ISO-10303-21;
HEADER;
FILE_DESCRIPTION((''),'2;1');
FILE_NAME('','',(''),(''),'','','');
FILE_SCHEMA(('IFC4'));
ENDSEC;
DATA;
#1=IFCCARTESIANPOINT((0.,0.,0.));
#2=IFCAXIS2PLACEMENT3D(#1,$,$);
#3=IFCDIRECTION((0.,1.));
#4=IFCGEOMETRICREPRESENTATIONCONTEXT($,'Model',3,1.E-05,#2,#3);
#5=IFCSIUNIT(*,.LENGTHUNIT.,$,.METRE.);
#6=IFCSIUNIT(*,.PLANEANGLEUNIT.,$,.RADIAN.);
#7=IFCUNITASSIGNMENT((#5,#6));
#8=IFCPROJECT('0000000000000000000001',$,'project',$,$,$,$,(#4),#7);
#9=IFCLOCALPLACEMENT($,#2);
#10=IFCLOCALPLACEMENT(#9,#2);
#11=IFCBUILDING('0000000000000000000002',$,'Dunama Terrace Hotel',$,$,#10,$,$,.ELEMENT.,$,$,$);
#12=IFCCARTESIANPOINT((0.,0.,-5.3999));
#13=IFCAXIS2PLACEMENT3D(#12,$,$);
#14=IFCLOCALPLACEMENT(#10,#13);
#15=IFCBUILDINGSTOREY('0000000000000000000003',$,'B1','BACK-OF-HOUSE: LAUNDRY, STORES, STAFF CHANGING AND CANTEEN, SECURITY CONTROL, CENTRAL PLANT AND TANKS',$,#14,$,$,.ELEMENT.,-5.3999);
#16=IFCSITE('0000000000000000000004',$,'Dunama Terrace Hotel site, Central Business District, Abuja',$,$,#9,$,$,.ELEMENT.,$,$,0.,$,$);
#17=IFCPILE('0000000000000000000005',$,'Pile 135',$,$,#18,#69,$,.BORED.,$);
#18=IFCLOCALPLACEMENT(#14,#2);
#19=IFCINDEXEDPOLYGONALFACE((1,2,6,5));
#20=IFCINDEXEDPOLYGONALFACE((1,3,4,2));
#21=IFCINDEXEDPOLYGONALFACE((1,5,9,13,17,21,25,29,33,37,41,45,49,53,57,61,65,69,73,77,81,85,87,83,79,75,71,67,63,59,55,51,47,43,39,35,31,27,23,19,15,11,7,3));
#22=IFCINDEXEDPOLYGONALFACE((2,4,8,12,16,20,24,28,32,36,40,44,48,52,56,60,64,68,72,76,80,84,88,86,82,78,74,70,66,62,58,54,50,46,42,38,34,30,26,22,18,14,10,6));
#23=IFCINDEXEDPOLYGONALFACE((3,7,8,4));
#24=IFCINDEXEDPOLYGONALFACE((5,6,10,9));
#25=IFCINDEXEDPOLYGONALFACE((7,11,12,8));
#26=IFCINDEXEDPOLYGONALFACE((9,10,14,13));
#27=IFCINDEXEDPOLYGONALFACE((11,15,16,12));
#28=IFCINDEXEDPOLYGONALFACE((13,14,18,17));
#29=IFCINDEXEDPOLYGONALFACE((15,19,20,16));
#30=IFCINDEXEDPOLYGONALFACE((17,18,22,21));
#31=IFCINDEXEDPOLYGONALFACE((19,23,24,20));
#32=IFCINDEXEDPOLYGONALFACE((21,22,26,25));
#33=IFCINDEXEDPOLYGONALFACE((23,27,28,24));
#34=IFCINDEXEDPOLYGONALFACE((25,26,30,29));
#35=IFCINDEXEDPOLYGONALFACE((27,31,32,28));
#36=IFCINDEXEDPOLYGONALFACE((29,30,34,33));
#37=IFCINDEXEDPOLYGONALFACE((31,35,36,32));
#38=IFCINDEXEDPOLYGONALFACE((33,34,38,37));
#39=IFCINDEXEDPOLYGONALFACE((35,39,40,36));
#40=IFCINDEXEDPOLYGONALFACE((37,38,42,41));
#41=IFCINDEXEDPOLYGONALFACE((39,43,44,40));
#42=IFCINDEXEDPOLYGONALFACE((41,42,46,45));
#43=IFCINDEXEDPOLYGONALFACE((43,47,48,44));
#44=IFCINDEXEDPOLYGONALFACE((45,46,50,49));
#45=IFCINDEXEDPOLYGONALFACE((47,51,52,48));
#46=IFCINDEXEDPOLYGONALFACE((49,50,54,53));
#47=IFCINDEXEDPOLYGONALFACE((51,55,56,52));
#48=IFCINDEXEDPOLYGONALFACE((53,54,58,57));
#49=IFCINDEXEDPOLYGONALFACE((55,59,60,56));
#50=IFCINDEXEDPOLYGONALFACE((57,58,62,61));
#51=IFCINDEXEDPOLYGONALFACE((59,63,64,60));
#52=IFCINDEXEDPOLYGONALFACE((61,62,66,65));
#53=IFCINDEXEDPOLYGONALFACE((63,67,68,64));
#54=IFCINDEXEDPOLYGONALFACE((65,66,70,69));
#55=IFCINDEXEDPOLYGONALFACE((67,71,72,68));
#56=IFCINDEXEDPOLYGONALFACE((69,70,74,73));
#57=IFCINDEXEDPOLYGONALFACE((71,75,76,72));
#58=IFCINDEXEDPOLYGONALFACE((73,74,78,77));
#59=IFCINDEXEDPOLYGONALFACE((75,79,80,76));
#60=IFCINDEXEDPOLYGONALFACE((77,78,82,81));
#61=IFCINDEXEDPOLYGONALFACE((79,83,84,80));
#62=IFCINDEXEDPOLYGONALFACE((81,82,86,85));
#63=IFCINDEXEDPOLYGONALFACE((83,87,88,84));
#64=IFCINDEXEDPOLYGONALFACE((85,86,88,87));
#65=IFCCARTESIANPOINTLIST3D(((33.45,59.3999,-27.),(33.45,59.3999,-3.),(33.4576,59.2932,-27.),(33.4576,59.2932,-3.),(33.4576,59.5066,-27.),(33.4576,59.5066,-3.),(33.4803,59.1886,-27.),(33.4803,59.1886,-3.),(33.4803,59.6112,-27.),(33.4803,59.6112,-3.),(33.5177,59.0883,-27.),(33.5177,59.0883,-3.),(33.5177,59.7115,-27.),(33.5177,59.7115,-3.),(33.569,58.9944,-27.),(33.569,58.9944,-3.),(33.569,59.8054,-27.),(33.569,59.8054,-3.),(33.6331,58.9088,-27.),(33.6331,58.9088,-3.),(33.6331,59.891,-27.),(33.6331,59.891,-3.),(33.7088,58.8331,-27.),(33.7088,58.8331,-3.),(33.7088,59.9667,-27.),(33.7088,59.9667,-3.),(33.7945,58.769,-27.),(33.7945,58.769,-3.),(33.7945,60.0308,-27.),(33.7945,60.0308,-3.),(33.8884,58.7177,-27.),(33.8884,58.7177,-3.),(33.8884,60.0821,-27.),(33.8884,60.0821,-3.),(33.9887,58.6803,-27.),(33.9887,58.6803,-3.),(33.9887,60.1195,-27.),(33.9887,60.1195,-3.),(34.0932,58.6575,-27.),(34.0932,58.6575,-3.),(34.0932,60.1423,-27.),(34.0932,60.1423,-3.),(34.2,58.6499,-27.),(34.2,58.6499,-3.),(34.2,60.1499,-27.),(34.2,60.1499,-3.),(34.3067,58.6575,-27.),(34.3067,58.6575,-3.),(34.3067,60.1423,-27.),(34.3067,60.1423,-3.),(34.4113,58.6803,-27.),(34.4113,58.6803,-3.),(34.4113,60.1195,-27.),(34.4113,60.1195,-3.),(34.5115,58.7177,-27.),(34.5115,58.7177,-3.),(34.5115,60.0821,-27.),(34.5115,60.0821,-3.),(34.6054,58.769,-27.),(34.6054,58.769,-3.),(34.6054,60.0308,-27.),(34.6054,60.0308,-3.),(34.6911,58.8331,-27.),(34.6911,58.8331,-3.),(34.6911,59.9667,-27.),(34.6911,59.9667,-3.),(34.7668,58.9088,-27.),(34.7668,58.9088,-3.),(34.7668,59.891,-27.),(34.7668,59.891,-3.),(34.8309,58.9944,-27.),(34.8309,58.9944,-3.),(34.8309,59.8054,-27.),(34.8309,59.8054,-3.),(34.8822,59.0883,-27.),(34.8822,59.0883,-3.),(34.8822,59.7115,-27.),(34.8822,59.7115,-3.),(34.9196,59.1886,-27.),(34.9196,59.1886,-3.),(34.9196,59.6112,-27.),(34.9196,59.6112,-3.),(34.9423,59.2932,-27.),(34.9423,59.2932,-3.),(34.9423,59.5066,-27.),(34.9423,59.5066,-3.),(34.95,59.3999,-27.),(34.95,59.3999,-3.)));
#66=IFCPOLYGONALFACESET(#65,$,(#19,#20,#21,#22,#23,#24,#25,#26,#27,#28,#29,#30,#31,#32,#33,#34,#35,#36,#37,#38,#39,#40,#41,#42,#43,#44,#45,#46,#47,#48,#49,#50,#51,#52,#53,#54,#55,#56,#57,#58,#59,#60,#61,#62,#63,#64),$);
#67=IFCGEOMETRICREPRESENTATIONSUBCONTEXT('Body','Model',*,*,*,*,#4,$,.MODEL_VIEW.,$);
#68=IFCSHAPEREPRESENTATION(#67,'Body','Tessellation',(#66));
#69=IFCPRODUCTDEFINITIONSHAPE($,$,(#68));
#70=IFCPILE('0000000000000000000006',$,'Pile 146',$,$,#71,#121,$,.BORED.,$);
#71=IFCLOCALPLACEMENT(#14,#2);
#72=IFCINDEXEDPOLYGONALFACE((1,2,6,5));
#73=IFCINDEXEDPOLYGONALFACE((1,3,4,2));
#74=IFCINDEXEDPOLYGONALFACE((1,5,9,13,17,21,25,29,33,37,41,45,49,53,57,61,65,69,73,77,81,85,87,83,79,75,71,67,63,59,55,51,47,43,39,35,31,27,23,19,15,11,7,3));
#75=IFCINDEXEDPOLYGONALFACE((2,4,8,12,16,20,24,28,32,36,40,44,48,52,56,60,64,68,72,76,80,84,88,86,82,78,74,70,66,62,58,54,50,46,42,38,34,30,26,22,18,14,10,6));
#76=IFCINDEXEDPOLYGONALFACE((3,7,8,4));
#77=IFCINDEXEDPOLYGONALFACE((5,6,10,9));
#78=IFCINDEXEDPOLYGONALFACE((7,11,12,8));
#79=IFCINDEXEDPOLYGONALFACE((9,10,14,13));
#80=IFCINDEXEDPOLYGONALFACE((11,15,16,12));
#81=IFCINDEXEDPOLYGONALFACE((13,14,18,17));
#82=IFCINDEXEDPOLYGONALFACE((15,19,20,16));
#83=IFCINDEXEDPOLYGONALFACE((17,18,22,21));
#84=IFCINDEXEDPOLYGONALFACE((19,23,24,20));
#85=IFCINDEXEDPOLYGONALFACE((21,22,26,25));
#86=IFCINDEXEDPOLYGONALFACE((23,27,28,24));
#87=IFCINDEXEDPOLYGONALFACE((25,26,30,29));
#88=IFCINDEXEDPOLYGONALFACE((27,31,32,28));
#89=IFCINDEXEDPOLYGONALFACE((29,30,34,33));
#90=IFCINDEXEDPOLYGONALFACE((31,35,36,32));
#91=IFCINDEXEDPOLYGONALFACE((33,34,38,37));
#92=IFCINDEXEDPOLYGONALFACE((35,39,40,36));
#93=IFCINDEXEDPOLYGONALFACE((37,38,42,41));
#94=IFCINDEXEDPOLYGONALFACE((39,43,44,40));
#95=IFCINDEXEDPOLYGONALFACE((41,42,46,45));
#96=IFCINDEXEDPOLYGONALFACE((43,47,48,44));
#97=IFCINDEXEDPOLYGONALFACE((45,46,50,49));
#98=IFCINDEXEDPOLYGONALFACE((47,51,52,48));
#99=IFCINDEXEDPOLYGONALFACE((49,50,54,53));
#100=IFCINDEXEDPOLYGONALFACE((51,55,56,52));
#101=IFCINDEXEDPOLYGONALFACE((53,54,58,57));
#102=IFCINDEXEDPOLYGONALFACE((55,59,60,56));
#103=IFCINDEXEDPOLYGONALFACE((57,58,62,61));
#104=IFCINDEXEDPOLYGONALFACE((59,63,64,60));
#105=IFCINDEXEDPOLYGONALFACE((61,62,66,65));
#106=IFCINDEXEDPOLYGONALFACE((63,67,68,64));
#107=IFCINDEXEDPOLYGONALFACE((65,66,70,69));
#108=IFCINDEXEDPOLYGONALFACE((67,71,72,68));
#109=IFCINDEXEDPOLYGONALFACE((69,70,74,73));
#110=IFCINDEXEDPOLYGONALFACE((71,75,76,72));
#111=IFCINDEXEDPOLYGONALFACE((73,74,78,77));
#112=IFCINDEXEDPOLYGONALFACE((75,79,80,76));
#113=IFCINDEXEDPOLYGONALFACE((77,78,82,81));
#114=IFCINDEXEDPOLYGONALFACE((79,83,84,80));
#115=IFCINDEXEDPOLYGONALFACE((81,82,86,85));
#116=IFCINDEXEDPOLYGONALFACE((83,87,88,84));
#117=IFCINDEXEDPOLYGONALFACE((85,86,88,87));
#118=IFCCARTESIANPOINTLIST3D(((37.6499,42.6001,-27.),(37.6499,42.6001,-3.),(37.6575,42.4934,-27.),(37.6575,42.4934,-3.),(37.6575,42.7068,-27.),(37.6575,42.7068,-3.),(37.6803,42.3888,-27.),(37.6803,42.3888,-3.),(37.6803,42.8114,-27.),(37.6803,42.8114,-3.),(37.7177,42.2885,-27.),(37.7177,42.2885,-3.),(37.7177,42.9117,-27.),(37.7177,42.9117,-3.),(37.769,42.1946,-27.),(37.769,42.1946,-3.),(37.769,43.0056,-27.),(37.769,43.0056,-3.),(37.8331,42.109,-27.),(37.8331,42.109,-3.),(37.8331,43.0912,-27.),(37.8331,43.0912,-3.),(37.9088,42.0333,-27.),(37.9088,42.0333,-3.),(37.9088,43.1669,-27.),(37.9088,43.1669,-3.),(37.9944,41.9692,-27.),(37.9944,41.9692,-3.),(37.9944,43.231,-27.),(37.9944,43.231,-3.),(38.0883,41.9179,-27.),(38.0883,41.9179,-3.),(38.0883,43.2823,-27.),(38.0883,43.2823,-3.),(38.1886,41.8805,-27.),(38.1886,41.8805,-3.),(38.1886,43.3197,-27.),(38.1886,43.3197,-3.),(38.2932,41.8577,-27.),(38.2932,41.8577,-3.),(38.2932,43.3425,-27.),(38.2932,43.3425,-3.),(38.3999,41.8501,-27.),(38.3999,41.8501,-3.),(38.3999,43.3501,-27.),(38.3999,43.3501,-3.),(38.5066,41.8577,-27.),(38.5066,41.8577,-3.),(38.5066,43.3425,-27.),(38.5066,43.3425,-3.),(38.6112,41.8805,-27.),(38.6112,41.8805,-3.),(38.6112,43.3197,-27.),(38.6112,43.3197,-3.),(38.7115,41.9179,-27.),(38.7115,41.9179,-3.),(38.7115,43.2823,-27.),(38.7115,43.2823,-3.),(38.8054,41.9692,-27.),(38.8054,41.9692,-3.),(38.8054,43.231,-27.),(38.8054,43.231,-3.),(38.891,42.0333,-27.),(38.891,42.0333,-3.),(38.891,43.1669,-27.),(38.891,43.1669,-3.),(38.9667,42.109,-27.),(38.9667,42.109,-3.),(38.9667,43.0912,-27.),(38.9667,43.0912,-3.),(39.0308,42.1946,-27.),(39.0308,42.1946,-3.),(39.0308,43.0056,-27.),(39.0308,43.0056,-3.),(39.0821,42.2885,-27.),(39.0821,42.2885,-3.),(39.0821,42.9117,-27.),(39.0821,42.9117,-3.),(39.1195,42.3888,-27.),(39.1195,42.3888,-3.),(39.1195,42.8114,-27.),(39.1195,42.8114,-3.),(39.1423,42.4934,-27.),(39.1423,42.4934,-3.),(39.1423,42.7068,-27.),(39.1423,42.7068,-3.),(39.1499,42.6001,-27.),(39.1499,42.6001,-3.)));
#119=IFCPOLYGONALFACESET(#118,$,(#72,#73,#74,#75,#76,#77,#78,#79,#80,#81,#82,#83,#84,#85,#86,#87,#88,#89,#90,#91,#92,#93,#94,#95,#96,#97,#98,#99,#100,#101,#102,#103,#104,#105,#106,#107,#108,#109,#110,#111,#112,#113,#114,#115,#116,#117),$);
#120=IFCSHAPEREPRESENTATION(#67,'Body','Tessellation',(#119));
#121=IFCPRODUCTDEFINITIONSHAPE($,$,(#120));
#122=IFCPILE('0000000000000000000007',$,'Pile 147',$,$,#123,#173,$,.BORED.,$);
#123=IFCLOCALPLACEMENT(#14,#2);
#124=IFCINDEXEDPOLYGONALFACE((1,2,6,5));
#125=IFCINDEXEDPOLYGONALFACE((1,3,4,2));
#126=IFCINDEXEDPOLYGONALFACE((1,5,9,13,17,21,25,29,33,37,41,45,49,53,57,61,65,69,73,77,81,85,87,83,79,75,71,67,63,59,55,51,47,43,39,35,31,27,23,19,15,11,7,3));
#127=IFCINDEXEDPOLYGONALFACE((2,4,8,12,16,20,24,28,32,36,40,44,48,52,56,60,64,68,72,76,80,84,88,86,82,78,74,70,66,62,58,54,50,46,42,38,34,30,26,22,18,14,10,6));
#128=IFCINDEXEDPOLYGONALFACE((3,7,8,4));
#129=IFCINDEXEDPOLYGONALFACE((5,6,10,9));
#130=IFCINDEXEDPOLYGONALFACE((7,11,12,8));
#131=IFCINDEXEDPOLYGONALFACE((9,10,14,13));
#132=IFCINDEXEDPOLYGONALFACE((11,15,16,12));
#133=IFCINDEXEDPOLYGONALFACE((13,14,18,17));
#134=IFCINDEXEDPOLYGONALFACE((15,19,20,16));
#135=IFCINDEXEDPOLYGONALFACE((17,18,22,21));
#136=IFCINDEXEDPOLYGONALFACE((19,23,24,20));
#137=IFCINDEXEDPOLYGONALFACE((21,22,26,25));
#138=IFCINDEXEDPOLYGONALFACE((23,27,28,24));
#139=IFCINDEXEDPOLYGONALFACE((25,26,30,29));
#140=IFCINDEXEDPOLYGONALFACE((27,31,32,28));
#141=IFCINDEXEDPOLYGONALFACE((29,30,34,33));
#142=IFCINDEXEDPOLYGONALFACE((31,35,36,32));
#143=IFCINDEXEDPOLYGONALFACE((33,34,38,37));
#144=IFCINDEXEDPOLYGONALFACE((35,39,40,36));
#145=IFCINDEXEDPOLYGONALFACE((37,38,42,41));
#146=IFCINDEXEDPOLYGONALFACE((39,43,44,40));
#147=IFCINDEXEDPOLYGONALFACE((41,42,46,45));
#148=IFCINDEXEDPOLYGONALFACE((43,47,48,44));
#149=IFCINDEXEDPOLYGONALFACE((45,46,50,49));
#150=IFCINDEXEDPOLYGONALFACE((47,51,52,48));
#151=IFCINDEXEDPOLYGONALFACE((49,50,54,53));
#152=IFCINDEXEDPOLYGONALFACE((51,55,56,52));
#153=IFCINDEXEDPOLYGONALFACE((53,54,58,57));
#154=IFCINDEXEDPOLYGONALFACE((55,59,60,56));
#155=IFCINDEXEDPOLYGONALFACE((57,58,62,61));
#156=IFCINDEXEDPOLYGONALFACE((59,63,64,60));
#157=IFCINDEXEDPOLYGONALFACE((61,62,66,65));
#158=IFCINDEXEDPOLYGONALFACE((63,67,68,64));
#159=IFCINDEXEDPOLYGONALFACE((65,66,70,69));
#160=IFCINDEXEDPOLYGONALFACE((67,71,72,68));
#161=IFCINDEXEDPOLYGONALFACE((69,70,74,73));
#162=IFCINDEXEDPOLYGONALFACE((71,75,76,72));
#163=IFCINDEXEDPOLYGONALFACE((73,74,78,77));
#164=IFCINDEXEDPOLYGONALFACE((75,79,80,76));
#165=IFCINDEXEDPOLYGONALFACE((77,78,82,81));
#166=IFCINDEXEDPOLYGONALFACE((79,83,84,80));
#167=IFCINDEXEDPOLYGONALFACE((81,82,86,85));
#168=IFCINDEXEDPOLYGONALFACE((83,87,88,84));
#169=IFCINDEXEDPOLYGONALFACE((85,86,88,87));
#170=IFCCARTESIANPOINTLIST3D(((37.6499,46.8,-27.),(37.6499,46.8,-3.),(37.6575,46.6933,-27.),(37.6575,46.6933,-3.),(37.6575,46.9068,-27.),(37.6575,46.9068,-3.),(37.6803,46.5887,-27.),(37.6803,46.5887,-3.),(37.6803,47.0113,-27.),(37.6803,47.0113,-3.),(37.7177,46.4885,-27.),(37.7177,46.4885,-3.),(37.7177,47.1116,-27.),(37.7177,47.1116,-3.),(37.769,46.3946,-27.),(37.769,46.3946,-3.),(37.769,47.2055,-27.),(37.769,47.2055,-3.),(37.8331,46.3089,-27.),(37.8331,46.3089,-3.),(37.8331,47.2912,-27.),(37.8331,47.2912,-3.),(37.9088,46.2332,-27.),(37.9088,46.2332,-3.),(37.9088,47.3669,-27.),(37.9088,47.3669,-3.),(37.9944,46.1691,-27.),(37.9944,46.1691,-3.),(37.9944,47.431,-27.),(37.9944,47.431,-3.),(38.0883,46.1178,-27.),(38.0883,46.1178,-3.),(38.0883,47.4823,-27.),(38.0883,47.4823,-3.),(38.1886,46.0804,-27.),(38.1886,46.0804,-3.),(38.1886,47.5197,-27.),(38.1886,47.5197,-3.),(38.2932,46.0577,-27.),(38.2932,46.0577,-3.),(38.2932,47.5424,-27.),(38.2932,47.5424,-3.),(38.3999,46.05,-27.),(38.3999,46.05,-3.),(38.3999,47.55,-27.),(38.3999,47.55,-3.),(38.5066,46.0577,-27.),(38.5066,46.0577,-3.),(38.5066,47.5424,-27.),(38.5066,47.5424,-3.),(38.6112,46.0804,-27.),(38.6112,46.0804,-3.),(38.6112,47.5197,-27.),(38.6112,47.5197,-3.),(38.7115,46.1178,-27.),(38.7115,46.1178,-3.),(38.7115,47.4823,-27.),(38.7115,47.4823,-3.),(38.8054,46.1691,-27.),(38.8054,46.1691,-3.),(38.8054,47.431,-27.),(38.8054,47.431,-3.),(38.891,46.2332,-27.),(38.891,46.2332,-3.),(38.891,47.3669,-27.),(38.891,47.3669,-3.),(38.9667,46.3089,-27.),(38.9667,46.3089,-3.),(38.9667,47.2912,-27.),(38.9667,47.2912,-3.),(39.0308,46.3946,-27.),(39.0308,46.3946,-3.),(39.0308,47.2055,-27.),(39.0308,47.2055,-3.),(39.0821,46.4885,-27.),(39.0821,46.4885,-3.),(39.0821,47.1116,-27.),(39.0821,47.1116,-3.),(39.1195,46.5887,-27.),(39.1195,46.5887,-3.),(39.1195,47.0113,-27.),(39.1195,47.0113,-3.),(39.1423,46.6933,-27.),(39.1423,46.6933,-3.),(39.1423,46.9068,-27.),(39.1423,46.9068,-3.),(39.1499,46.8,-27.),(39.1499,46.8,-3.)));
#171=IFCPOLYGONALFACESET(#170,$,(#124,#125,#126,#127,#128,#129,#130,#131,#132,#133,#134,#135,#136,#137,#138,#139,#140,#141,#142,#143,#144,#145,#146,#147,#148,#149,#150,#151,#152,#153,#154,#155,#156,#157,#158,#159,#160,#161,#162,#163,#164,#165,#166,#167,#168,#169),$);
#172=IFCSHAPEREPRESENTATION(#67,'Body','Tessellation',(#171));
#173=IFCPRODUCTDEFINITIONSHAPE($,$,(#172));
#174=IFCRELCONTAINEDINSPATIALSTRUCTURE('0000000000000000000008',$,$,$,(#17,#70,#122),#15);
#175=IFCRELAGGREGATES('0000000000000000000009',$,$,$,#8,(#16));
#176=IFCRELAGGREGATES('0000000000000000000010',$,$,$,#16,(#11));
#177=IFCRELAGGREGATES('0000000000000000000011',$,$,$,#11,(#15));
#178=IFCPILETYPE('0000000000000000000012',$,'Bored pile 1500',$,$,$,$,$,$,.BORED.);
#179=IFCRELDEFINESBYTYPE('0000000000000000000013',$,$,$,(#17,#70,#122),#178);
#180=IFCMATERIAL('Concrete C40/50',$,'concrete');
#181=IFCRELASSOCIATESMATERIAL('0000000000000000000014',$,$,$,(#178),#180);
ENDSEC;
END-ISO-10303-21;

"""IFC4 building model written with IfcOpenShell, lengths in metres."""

from ifc_helpers import new_model, si_unit, direction, frame, origin, origin_2d, place, context, subcontext, project, spatial, circle, extrude, material, material_profile, profile_set, type_object, element, save


model = new_model("IFC4")

# Units and contexts
model_context = context("Model", 3, precision=1e-05, world=origin(), true_north=direction((0.0, 1.0)))
body_context = subcontext(model_context, "Body", "Model", "MODEL_VIEW")
ifc_project = project(units=[si_unit("LENGTHUNIT", "METRE"), si_unit("PLANEANGLEUNIT", "RADIAN")], contexts=[model_context])

# Site, building, storey
site_placement = place(None, origin())
site = spatial("IfcSite", under=ifc_project, at=site_placement, Name="Dunama Terrace Hotel site, Central Business District, Abuja", CompositionType="ELEMENT", RefElevation=0.0)
building_placement = place(site_placement, origin())
building = spatial("IfcBuilding", under=site, at=building_placement, Name="Dunama Terrace Hotel", CompositionType="ELEMENT")
storey_placement = place(building_placement, frame((0.0, 0.0, -5.3999)))
storey = spatial("IfcBuildingStorey", under=building, at=storey_placement, Name="B1", Description="BACK-OF-HOUSE: LAUNDRY, STORES, STAFF CHANGING AND CANTEEN, SECURITY CONTROL, CENTRAL PLANT AND TANKS", CompositionType="ELEMENT", Elevation=-5.3999)

# Piles
ifc_material_1 = material(Name="Concrete C40/50", Category="concrete")
ifc_material_profile_1 = material_profile(ifc_material_1, circle(Radius=0.75, at=origin_2d()), Name="PILE D1500")
ifc_profile_set_1 = profile_set([ifc_material_profile_1], Name="Concrete C40/50")
pile_type = type_object("IfcPileType", Name="Bored pile 1500", PredefinedType="BORED", material=ifc_profile_set_1)
for number, where, z_axis, x_axis, name in (
    (1, (34.2, 59.3999, -3.0), (0.0, 0.0, -1.0), (1.0, 0.0, 0.0), "Pile 135"),
    (2, (38.3999, 42.6001, -3.0), (0.0, 0.0, -1.0), (1.0, 0.0, 0.0), "Pile 146"),
    (3, (38.3999, 46.8, -3.0), (0.0, 0.0, -1.0), (1.0, 0.0, 0.0), "Pile 147"),
):
    element("IfcPile", number, at=place(storey_placement, frame(where, z_axis=z_axis, x_axis=x_axis)), inside=storey, type_object=pile_type, Name=name, PredefinedType="BORED", context=body_context, shape_type="SweptSolid", body=[
        extrude(circle(Radius=0.75, at=origin_2d()), origin(), (0.0, 0.0, 1.0), 24.0),
    ])

save(model, "model.ifc")
